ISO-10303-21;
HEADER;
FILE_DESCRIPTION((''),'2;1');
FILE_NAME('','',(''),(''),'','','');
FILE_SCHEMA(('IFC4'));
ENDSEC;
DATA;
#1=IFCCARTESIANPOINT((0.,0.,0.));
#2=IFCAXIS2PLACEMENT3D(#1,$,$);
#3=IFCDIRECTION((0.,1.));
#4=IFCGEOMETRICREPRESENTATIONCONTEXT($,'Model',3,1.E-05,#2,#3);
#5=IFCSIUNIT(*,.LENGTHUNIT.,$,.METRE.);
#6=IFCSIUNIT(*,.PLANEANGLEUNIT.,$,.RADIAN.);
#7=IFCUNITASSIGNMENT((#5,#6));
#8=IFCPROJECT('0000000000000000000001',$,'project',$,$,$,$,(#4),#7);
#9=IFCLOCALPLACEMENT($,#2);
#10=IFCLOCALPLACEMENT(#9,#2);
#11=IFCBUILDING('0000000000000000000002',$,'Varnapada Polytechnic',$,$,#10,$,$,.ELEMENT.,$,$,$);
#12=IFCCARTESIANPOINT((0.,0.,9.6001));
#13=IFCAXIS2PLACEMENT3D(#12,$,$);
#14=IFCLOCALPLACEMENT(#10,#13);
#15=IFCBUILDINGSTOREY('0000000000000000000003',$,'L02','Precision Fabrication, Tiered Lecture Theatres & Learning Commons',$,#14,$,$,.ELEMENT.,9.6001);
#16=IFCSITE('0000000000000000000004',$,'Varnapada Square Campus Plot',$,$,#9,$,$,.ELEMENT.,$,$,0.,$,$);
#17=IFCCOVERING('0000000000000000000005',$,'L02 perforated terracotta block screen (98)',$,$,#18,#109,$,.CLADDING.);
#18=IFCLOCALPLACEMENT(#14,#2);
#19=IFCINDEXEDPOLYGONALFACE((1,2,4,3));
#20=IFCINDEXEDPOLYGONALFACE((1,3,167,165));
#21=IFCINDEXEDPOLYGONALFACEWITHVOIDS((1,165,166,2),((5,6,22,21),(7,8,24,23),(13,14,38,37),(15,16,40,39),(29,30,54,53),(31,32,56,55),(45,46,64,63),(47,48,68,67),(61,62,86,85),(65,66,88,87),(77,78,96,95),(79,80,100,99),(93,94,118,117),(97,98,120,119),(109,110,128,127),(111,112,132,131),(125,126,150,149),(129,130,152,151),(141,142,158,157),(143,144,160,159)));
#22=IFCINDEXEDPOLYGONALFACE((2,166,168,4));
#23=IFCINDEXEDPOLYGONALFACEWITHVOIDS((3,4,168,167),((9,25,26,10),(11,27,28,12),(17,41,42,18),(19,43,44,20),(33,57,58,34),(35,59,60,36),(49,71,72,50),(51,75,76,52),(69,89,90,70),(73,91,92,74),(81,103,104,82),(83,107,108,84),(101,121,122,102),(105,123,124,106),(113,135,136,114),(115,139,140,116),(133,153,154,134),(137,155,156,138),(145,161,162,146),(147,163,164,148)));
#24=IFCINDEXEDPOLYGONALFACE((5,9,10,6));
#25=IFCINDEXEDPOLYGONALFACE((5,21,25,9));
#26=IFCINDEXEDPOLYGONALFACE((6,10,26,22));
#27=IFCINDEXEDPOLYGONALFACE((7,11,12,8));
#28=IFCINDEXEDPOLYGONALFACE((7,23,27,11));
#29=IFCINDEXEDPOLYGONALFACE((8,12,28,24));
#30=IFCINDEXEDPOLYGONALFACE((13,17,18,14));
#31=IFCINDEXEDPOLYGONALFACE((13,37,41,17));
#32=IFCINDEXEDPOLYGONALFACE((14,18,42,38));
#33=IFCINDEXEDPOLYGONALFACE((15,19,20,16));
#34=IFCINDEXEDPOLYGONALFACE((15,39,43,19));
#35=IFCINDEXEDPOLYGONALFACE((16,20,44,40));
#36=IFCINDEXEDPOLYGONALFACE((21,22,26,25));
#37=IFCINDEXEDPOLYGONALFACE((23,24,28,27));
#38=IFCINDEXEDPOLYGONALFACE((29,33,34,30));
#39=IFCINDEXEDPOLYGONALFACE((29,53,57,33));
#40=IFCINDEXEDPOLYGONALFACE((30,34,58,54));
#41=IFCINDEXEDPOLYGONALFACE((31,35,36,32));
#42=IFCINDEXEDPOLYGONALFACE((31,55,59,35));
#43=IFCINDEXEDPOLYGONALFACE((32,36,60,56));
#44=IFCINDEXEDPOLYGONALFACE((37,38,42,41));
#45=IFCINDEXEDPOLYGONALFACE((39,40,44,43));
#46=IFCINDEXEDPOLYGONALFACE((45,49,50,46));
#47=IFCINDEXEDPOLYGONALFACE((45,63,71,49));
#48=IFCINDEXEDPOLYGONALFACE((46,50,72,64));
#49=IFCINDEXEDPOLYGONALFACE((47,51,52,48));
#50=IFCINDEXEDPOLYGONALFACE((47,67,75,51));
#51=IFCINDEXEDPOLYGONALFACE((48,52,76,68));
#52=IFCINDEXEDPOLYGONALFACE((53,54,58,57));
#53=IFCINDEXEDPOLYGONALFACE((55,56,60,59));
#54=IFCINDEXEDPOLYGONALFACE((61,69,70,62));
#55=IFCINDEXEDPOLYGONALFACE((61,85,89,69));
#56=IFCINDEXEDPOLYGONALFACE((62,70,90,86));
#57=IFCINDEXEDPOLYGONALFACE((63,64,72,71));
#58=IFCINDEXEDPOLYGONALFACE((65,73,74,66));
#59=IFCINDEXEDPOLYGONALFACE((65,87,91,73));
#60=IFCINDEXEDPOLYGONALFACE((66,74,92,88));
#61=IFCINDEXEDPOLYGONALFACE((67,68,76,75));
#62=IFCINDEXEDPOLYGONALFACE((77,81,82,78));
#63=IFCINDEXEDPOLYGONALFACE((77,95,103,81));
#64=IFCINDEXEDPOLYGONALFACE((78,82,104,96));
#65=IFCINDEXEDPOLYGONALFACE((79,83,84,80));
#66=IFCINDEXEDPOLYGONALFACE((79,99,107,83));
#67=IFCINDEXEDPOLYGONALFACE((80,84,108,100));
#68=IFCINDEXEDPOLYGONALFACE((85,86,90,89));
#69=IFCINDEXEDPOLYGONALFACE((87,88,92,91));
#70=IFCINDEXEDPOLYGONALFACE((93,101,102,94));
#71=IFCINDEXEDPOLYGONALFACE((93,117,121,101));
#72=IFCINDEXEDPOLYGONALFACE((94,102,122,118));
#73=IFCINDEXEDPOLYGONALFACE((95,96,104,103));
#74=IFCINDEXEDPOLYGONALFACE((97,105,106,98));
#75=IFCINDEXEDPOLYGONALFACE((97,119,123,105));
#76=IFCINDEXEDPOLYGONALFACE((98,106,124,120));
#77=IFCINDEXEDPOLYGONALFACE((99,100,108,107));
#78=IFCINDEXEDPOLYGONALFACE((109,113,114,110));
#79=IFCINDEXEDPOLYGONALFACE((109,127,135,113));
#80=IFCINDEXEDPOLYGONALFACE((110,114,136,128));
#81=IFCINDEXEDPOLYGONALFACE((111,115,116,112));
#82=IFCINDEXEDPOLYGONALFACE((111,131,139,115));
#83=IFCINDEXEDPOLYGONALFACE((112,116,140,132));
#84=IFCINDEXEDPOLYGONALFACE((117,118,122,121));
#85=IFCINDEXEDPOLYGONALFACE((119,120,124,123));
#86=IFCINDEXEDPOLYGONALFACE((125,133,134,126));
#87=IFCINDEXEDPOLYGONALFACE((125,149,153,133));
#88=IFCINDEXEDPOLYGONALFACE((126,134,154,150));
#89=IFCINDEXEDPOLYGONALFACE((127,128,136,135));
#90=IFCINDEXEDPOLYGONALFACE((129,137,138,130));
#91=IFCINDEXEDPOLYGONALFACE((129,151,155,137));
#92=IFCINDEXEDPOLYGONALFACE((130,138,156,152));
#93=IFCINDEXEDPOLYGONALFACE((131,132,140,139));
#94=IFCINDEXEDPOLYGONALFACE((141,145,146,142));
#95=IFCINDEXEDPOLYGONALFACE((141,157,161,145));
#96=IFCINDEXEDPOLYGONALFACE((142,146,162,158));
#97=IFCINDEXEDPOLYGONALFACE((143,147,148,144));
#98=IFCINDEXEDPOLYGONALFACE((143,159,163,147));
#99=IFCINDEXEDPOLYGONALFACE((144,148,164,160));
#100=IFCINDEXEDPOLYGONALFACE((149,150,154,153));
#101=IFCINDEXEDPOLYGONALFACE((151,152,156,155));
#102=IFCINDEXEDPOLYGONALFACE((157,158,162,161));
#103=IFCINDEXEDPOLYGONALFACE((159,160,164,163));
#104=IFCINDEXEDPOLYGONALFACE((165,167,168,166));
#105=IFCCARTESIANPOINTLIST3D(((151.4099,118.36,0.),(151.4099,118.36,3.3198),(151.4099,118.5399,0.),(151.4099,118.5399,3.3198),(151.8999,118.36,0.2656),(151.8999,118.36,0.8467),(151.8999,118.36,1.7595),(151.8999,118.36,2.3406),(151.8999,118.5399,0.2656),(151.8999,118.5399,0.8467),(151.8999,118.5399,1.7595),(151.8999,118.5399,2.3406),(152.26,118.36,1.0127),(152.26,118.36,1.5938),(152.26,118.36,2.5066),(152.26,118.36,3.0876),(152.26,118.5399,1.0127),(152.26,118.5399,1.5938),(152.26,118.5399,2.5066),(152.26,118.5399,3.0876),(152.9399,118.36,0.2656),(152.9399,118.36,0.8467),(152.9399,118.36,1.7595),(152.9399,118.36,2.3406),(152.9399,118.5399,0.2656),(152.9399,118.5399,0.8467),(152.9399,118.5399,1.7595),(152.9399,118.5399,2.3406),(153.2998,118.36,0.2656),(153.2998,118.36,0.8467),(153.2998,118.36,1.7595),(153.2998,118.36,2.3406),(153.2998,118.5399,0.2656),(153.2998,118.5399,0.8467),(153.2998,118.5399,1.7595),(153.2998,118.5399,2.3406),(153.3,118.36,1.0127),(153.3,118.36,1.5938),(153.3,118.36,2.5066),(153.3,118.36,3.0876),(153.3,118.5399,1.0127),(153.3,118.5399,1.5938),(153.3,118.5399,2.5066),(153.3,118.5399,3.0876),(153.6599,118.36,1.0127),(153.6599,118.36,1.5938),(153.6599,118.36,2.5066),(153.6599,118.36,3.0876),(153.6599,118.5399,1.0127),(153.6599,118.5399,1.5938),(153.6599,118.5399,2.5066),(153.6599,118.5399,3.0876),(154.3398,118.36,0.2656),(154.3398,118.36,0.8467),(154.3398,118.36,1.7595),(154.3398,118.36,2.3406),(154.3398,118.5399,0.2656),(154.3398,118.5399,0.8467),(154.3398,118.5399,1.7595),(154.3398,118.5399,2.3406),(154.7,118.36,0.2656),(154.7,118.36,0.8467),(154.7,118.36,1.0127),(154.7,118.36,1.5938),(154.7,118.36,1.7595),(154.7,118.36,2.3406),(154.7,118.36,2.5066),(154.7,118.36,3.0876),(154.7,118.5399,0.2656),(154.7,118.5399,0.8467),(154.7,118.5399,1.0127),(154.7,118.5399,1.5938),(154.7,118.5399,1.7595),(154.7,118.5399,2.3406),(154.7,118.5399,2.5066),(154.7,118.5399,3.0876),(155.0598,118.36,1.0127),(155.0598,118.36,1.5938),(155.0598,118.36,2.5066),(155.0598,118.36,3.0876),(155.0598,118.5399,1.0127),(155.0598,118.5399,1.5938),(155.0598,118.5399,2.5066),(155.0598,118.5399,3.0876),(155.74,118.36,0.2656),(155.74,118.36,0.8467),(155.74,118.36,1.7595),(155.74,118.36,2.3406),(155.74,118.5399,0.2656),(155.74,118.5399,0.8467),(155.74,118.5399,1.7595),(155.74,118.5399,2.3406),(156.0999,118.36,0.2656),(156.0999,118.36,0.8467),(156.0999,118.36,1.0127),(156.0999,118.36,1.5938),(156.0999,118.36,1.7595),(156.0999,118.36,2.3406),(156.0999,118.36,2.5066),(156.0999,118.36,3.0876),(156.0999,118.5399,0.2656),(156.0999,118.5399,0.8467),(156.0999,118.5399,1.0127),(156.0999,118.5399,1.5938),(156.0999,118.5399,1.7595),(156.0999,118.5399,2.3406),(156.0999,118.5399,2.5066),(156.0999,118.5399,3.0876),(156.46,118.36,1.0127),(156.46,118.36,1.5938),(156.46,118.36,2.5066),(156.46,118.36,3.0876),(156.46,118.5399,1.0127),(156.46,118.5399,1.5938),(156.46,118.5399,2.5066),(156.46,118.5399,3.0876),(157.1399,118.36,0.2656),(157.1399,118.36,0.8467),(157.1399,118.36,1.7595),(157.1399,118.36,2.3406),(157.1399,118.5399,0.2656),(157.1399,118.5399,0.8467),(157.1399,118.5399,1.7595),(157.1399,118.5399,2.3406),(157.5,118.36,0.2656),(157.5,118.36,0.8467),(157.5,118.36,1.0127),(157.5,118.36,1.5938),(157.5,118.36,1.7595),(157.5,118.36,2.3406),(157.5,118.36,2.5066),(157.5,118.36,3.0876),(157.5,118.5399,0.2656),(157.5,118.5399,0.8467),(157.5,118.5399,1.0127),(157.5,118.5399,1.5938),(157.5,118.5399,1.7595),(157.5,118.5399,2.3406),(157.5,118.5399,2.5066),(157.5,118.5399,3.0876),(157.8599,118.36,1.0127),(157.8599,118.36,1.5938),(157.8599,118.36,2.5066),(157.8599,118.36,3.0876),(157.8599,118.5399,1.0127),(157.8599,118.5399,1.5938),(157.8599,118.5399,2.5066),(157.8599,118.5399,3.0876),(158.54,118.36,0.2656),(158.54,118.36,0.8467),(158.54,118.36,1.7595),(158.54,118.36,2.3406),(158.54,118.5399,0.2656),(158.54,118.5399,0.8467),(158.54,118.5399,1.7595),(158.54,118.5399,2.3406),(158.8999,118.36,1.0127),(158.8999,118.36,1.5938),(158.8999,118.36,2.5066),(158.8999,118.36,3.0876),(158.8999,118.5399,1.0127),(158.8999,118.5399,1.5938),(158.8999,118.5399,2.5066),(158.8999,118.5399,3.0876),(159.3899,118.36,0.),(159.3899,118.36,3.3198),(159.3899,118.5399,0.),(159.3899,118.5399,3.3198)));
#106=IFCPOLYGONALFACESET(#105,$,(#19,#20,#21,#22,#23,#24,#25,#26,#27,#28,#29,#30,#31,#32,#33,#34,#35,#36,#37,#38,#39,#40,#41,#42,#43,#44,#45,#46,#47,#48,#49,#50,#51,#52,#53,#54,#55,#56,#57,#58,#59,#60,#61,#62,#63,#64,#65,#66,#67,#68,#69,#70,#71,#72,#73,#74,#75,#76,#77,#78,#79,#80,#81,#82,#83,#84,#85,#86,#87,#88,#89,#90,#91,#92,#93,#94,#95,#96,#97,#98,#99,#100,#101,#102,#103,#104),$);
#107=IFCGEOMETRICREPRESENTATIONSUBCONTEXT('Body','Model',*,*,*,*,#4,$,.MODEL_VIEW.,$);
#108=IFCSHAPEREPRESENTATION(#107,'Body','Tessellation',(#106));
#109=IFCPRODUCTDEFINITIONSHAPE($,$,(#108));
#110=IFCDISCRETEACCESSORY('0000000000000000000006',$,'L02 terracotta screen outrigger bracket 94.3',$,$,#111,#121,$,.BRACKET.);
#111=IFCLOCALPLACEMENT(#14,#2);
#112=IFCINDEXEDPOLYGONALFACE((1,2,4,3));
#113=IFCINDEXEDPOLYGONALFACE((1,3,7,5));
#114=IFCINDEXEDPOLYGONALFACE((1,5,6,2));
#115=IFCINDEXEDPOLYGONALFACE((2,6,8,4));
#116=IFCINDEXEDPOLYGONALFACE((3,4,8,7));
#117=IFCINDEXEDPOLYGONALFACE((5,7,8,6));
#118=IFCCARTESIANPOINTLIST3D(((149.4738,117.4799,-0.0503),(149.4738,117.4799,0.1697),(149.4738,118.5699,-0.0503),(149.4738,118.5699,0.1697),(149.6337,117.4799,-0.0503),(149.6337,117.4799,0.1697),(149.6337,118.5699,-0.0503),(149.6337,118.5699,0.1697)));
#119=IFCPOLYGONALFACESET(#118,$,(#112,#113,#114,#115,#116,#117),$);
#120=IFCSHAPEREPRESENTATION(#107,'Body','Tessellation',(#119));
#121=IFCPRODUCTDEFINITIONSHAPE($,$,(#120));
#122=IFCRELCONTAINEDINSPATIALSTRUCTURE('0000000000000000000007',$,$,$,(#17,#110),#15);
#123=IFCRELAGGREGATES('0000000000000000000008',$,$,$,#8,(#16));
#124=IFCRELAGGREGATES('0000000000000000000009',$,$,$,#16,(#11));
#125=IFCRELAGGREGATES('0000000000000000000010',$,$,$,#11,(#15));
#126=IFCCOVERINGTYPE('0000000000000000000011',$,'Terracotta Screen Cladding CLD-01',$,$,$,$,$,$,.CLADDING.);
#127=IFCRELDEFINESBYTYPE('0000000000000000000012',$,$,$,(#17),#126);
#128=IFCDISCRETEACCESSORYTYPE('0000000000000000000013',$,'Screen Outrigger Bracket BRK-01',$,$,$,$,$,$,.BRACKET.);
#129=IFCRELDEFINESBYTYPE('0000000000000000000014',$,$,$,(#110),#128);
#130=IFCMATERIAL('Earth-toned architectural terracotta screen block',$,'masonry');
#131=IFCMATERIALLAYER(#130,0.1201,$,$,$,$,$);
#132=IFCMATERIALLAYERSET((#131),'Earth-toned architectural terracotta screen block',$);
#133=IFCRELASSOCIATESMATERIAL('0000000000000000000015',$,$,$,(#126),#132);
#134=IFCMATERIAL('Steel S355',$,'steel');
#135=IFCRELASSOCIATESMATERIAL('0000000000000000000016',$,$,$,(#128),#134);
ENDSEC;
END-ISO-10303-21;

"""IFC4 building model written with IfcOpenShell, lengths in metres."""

from ifc_helpers import new_model, si_unit, direction, frame, frame_2d, origin, origin_2d, place, context, subcontext, project, spatial, rectangle, extrude, material, layer, layer_set, type_object, element, save


model = new_model("IFC4")

# Units and contexts
model_context = context("Model", 3, precision=1e-05, world=origin(), true_north=direction((0.0, 1.0)))
body_context = subcontext(model_context, "Body", "Model", "MODEL_VIEW")
ifc_project = project(units=[si_unit("LENGTHUNIT", "METRE"), si_unit("PLANEANGLEUNIT", "RADIAN")], contexts=[model_context])

# Site, building, storey
site_placement = place(None, origin())
site = spatial("IfcSite", under=ifc_project, at=site_placement, Name="Varnapada Square Campus Plot", CompositionType="ELEMENT", RefElevation=0.0)
building_placement = place(site_placement, origin())
building = spatial("IfcBuilding", under=site, at=building_placement, Name="Varnapada Polytechnic", CompositionType="ELEMENT")
storey_placement = place(building_placement, frame((0.0, 0.0, 9.6001)))
storey = spatial("IfcBuildingStorey", under=building, at=storey_placement, Name="L02", Description="Precision Fabrication, Tiered Lecture Theatres & Learning Commons", CompositionType="ELEMENT", Elevation=9.6001)

# Covering, openings
ifc_material_1 = material(Name="Earth-toned architectural terracotta screen block", Category="masonry")
ifc_layer_1 = layer(ifc_material_1, 0.1201)
ifc_layer_set_1 = layer_set([ifc_layer_1], Name="Earth-toned architectural terracotta screen block")
covering_type = type_object("IfcCoveringType", Name="Terracotta Screen Cladding CLD-01", PredefinedType="CLADDING", material=ifc_layer_set_1)
covering_placement = place(storey_placement, frame((151.4099, 118.45, 0.0), z_axis=(0.0, 0.0, 1.0), x_axis=(1.0, 0.0, 0.0)))
covering = element("IfcCovering", 1, at=covering_placement, inside=storey, type_object=covering_type, Name="L02 perforated terracotta block screen (98)", PredefinedType="CLADDING", context=body_context, shape_type="SweptSolid", body=[
    extrude(rectangle(XDim=7.98, YDim=0.1799, at=frame_2d((3.99, 0.0))), origin(), (0.0, 0.0, 1.0), 3.3198),
])
opening_1_placement = place(covering_placement, frame((0.49, 0.0, 0.2656)))
element("IfcOpeningElement", 2, at=opening_1_placement, cuts=covering, PredefinedType="OPENING", context=body_context, shape_type="SweptSolid", body=[
    extrude(rectangle(XDim=1.04, YDim=0.5811, at=frame_2d((0.52, 0.2905))), frame((0.0, 0.0999, 0.0), z_axis=(0.0, -1.0, 0.0), x_axis=(1.0, 0.0, 0.0)), (0.0, 0.0, 1.0), 0.2),
])
opening_2_placement = place(covering_placement, frame((1.8899, 0.0, 0.2656)))
element("IfcOpeningElement", 3, at=opening_2_placement, cuts=covering, PredefinedType="OPENING", context=body_context, shape_type="SweptSolid", body=[
    extrude(rectangle(XDim=1.04, YDim=0.5811, at=frame_2d((0.52, 0.2905))), frame((0.0, 0.0999, 0.0), z_axis=(0.0, -1.0, 0.0), x_axis=(1.0, 0.0, 0.0)), (0.0, 0.0, 1.0), 0.2),
])
opening_3_placement = place(covering_placement, frame((3.29, 0.0, 0.2656)))
element("IfcOpeningElement", 4, at=opening_3_placement, cuts=covering, PredefinedType="OPENING", context=body_context, shape_type="SweptSolid", body=[
    extrude(rectangle(XDim=1.04, YDim=0.5811, at=frame_2d((0.52, 0.2905))), frame((0.0, 0.0999, 0.0), z_axis=(0.0, -1.0, 0.0), x_axis=(1.0, 0.0, 0.0)), (0.0, 0.0, 1.0), 0.2),
])
opening_4_placement = place(covering_placement, frame((4.6899, 0.0, 0.2656)))
element("IfcOpeningElement", 5, at=opening_4_placement, cuts=covering, PredefinedType="OPENING", context=body_context, shape_type="SweptSolid", body=[
    extrude(rectangle(XDim=1.04, YDim=0.5811, at=frame_2d((0.52, 0.2905))), frame((0.0, 0.0999, 0.0), z_axis=(0.0, -1.0, 0.0), x_axis=(1.0, 0.0, 0.0)), (0.0, 0.0, 1.0), 0.2),
])
opening_5_placement = place(covering_placement, frame((6.0901, 0.0, 0.2656)))
element("IfcOpeningElement", 6, at=opening_5_placement, cuts=covering, PredefinedType="OPENING", context=body_context, shape_type="SweptSolid", body=[
    extrude(rectangle(XDim=1.04, YDim=0.5811, at=frame_2d((0.52, 0.2905))), frame((0.0, 0.0999, 0.0), z_axis=(0.0, -1.0, 0.0), x_axis=(1.0, 0.0, 0.0)), (0.0, 0.0, 1.0), 0.2),
])
opening_6_placement = place(covering_placement, frame((0.8501, 0.0, 1.0127)))
element("IfcOpeningElement", 7, at=opening_6_placement, cuts=covering, PredefinedType="OPENING", context=body_context, shape_type="SweptSolid", body=[
    extrude(rectangle(XDim=1.04, YDim=0.5811, at=frame_2d((0.52, 0.2905))), frame((0.0, 0.0999, 0.0), z_axis=(0.0, -1.0, 0.0), x_axis=(1.0, 0.0, 0.0)), (0.0, 0.0, 1.0), 0.2),
])
opening_7_placement = place(covering_placement, frame((2.25, 0.0, 1.0127)))
element("IfcOpeningElement", 8, at=opening_7_placement, cuts=covering, PredefinedType="OPENING", context=body_context, shape_type="SweptSolid", body=[
    extrude(rectangle(XDim=1.04, YDim=0.5811, at=frame_2d((0.52, 0.2905))), frame((0.0, 0.0999, 0.0), z_axis=(0.0, -1.0, 0.0), x_axis=(1.0, 0.0, 0.0)), (0.0, 0.0, 1.0), 0.2),
])
opening_8_placement = place(covering_placement, frame((3.6499, 0.0, 1.0127)))
element("IfcOpeningElement", 9, at=opening_8_placement, cuts=covering, PredefinedType="OPENING", context=body_context, shape_type="SweptSolid", body=[
    extrude(rectangle(XDim=1.04, YDim=0.5811, at=frame_2d((0.52, 0.2905))), frame((0.0, 0.0999, 0.0), z_axis=(0.0, -1.0, 0.0), x_axis=(1.0, 0.0, 0.0)), (0.0, 0.0, 1.0), 0.2),
])
opening_9_placement = place(covering_placement, frame((5.05, 0.0, 1.0127)))
element("IfcOpeningElement", 10, at=opening_9_placement, cuts=covering, PredefinedType="OPENING", context=body_context, shape_type="SweptSolid", body=[
    extrude(rectangle(XDim=1.04, YDim=0.5811, at=frame_2d((0.52, 0.2905))), frame((0.0, 0.0999, 0.0), z_axis=(0.0, -1.0, 0.0), x_axis=(1.0, 0.0, 0.0)), (0.0, 0.0, 1.0), 0.2),
])
opening_10_placement = place(covering_placement, frame((6.45, 0.0, 1.0127)))
element("IfcOpeningElement", 11, at=opening_10_placement, cuts=covering, PredefinedType="OPENING", context=body_context, shape_type="SweptSolid", body=[
    extrude(rectangle(XDim=1.04, YDim=0.5811, at=frame_2d((0.52, 0.2905))), frame((0.0, 0.0999, 0.0), z_axis=(0.0, -1.0, 0.0), x_axis=(1.0, 0.0, 0.0)), (0.0, 0.0, 1.0), 0.2),
])
opening_11_placement = place(covering_placement, frame((0.49, 0.0, 1.7595)))
element("IfcOpeningElement", 12, at=opening_11_placement, cuts=covering, PredefinedType="OPENING", context=body_context, shape_type="SweptSolid", body=[
    extrude(rectangle(XDim=1.04, YDim=0.5811, at=frame_2d((0.52, 0.2905))), frame((0.0, 0.0999, 0.0), z_axis=(0.0, -1.0, 0.0), x_axis=(1.0, 0.0, 0.0)), (0.0, 0.0, 1.0), 0.2),
])
opening_12_placement = place(covering_placement, frame((1.8899, 0.0, 1.7595)))
element("IfcOpeningElement", 13, at=opening_12_placement, cuts=covering, PredefinedType="OPENING", context=body_context, shape_type="SweptSolid", body=[
    extrude(rectangle(XDim=1.04, YDim=0.5811, at=frame_2d((0.52, 0.2905))), frame((0.0, 0.0999, 0.0), z_axis=(0.0, -1.0, 0.0), x_axis=(1.0, 0.0, 0.0)), (0.0, 0.0, 1.0), 0.2),
])
opening_13_placement = place(covering_placement, frame((3.29, 0.0, 1.7595)))
element("IfcOpeningElement", 14, at=opening_13_placement, cuts=covering, PredefinedType="OPENING", context=body_context, shape_type="SweptSolid", body=[
    extrude(rectangle(XDim=1.04, YDim=0.5811, at=frame_2d((0.52, 0.2905))), frame((0.0, 0.0999, 0.0), z_axis=(0.0, -1.0, 0.0), x_axis=(1.0, 0.0, 0.0)), (0.0, 0.0, 1.0), 0.2),
])
opening_14_placement = place(covering_placement, frame((4.6899, 0.0, 1.7595)))
element("IfcOpeningElement", 15, at=opening_14_placement, cuts=covering, PredefinedType="OPENING", context=body_context, shape_type="SweptSolid", body=[
    extrude(rectangle(XDim=1.04, YDim=0.5811, at=frame_2d((0.52, 0.2905))), frame((0.0, 0.0999, 0.0), z_axis=(0.0, -1.0, 0.0), x_axis=(1.0, 0.0, 0.0)), (0.0, 0.0, 1.0), 0.2),
])
opening_15_placement = place(covering_placement, frame((6.0901, 0.0, 1.7595)))
element("IfcOpeningElement", 16, at=opening_15_placement, cuts=covering, PredefinedType="OPENING", context=body_context, shape_type="SweptSolid", body=[
    extrude(rectangle(XDim=1.04, YDim=0.5811, at=frame_2d((0.52, 0.2905))), frame((0.0, 0.0999, 0.0), z_axis=(0.0, -1.0, 0.0), x_axis=(1.0, 0.0, 0.0)), (0.0, 0.0, 1.0), 0.2),
])
opening_16_placement = place(covering_placement, frame((0.8501, 0.0, 2.5066)))
element("IfcOpeningElement", 17, at=opening_16_placement, cuts=covering, PredefinedType="OPENING", context=body_context, shape_type="SweptSolid", body=[
    extrude(rectangle(XDim=1.04, YDim=0.5811, at=frame_2d((0.52, 0.2905))), frame((0.0, 0.0999, 0.0), z_axis=(0.0, -1.0, 0.0), x_axis=(1.0, 0.0, 0.0)), (0.0, 0.0, 1.0), 0.2),
])
opening_17_placement = place(covering_placement, frame((2.25, 0.0, 2.5066)))
element("IfcOpeningElement", 18, at=opening_17_placement, cuts=covering, PredefinedType="OPENING", context=body_context, shape_type="SweptSolid", body=[
    extrude(rectangle(XDim=1.04, YDim=0.5811, at=frame_2d((0.52, 0.2905))), frame((0.0, 0.0999, 0.0), z_axis=(0.0, -1.0, 0.0), x_axis=(1.0, 0.0, 0.0)), (0.0, 0.0, 1.0), 0.2),
])
opening_18_placement = place(covering_placement, frame((3.6499, 0.0, 2.5066)))
element("IfcOpeningElement", 19, at=opening_18_placement, cuts=covering, PredefinedType="OPENING", context=body_context, shape_type="SweptSolid", body=[
    extrude(rectangle(XDim=1.04, YDim=0.5811, at=frame_2d((0.52, 0.2905))), frame((0.0, 0.0999, 0.0), z_axis=(0.0, -1.0, 0.0), x_axis=(1.0, 0.0, 0.0)), (0.0, 0.0, 1.0), 0.2),
])
opening_19_placement = place(covering_placement, frame((5.05, 0.0, 2.5066)))
element("IfcOpeningElement", 20, at=opening_19_placement, cuts=covering, PredefinedType="OPENING", context=body_context, shape_type="SweptSolid", body=[
    extrude(rectangle(XDim=1.04, YDim=0.5811, at=frame_2d((0.52, 0.2905))), frame((0.0, 0.0999, 0.0), z_axis=(0.0, -1.0, 0.0), x_axis=(1.0, 0.0, 0.0)), (0.0, 0.0, 1.0), 0.2),
])
opening_20_placement = place(covering_placement, frame((6.45, 0.0, 2.5066)))
element("IfcOpeningElement", 21, at=opening_20_placement, cuts=covering, PredefinedType="OPENING", context=body_context, shape_type="SweptSolid", body=[
    extrude(rectangle(XDim=1.04, YDim=0.5811, at=frame_2d((0.52, 0.2905))), frame((0.0, 0.0999, 0.0), z_axis=(0.0, -1.0, 0.0), x_axis=(1.0, 0.0, 0.0)), (0.0, 0.0, 1.0), 0.2),
])

# Discrete accessory
ifc_material_2 = material(Name="Steel S355", Category="steel")
discrete_accessory_type = type_object("IfcDiscreteAccessoryType", Name="Screen Outrigger Bracket BRK-01", PredefinedType="BRACKET", material=ifc_material_2)
discrete_accessory_placement = place(storey_placement, frame((149.5537, 118.0249, -0.0503), z_axis=(0.0, 0.0, 1.0), x_axis=(1.0, 0.0, 0.0)))
element("IfcDiscreteAccessory", 22, at=discrete_accessory_placement, inside=storey, type_object=discrete_accessory_type, Name="L02 terracotta screen outrigger bracket 94.3", PredefinedType="BRACKET", context=body_context, shape_type="SweptSolid", body=[
    extrude(rectangle(XDim=0.1599, YDim=1.0901, at=origin_2d()), origin(), (0.0, 0.0, 1.0), 0.22),
])

save(model, "model.ifc")
